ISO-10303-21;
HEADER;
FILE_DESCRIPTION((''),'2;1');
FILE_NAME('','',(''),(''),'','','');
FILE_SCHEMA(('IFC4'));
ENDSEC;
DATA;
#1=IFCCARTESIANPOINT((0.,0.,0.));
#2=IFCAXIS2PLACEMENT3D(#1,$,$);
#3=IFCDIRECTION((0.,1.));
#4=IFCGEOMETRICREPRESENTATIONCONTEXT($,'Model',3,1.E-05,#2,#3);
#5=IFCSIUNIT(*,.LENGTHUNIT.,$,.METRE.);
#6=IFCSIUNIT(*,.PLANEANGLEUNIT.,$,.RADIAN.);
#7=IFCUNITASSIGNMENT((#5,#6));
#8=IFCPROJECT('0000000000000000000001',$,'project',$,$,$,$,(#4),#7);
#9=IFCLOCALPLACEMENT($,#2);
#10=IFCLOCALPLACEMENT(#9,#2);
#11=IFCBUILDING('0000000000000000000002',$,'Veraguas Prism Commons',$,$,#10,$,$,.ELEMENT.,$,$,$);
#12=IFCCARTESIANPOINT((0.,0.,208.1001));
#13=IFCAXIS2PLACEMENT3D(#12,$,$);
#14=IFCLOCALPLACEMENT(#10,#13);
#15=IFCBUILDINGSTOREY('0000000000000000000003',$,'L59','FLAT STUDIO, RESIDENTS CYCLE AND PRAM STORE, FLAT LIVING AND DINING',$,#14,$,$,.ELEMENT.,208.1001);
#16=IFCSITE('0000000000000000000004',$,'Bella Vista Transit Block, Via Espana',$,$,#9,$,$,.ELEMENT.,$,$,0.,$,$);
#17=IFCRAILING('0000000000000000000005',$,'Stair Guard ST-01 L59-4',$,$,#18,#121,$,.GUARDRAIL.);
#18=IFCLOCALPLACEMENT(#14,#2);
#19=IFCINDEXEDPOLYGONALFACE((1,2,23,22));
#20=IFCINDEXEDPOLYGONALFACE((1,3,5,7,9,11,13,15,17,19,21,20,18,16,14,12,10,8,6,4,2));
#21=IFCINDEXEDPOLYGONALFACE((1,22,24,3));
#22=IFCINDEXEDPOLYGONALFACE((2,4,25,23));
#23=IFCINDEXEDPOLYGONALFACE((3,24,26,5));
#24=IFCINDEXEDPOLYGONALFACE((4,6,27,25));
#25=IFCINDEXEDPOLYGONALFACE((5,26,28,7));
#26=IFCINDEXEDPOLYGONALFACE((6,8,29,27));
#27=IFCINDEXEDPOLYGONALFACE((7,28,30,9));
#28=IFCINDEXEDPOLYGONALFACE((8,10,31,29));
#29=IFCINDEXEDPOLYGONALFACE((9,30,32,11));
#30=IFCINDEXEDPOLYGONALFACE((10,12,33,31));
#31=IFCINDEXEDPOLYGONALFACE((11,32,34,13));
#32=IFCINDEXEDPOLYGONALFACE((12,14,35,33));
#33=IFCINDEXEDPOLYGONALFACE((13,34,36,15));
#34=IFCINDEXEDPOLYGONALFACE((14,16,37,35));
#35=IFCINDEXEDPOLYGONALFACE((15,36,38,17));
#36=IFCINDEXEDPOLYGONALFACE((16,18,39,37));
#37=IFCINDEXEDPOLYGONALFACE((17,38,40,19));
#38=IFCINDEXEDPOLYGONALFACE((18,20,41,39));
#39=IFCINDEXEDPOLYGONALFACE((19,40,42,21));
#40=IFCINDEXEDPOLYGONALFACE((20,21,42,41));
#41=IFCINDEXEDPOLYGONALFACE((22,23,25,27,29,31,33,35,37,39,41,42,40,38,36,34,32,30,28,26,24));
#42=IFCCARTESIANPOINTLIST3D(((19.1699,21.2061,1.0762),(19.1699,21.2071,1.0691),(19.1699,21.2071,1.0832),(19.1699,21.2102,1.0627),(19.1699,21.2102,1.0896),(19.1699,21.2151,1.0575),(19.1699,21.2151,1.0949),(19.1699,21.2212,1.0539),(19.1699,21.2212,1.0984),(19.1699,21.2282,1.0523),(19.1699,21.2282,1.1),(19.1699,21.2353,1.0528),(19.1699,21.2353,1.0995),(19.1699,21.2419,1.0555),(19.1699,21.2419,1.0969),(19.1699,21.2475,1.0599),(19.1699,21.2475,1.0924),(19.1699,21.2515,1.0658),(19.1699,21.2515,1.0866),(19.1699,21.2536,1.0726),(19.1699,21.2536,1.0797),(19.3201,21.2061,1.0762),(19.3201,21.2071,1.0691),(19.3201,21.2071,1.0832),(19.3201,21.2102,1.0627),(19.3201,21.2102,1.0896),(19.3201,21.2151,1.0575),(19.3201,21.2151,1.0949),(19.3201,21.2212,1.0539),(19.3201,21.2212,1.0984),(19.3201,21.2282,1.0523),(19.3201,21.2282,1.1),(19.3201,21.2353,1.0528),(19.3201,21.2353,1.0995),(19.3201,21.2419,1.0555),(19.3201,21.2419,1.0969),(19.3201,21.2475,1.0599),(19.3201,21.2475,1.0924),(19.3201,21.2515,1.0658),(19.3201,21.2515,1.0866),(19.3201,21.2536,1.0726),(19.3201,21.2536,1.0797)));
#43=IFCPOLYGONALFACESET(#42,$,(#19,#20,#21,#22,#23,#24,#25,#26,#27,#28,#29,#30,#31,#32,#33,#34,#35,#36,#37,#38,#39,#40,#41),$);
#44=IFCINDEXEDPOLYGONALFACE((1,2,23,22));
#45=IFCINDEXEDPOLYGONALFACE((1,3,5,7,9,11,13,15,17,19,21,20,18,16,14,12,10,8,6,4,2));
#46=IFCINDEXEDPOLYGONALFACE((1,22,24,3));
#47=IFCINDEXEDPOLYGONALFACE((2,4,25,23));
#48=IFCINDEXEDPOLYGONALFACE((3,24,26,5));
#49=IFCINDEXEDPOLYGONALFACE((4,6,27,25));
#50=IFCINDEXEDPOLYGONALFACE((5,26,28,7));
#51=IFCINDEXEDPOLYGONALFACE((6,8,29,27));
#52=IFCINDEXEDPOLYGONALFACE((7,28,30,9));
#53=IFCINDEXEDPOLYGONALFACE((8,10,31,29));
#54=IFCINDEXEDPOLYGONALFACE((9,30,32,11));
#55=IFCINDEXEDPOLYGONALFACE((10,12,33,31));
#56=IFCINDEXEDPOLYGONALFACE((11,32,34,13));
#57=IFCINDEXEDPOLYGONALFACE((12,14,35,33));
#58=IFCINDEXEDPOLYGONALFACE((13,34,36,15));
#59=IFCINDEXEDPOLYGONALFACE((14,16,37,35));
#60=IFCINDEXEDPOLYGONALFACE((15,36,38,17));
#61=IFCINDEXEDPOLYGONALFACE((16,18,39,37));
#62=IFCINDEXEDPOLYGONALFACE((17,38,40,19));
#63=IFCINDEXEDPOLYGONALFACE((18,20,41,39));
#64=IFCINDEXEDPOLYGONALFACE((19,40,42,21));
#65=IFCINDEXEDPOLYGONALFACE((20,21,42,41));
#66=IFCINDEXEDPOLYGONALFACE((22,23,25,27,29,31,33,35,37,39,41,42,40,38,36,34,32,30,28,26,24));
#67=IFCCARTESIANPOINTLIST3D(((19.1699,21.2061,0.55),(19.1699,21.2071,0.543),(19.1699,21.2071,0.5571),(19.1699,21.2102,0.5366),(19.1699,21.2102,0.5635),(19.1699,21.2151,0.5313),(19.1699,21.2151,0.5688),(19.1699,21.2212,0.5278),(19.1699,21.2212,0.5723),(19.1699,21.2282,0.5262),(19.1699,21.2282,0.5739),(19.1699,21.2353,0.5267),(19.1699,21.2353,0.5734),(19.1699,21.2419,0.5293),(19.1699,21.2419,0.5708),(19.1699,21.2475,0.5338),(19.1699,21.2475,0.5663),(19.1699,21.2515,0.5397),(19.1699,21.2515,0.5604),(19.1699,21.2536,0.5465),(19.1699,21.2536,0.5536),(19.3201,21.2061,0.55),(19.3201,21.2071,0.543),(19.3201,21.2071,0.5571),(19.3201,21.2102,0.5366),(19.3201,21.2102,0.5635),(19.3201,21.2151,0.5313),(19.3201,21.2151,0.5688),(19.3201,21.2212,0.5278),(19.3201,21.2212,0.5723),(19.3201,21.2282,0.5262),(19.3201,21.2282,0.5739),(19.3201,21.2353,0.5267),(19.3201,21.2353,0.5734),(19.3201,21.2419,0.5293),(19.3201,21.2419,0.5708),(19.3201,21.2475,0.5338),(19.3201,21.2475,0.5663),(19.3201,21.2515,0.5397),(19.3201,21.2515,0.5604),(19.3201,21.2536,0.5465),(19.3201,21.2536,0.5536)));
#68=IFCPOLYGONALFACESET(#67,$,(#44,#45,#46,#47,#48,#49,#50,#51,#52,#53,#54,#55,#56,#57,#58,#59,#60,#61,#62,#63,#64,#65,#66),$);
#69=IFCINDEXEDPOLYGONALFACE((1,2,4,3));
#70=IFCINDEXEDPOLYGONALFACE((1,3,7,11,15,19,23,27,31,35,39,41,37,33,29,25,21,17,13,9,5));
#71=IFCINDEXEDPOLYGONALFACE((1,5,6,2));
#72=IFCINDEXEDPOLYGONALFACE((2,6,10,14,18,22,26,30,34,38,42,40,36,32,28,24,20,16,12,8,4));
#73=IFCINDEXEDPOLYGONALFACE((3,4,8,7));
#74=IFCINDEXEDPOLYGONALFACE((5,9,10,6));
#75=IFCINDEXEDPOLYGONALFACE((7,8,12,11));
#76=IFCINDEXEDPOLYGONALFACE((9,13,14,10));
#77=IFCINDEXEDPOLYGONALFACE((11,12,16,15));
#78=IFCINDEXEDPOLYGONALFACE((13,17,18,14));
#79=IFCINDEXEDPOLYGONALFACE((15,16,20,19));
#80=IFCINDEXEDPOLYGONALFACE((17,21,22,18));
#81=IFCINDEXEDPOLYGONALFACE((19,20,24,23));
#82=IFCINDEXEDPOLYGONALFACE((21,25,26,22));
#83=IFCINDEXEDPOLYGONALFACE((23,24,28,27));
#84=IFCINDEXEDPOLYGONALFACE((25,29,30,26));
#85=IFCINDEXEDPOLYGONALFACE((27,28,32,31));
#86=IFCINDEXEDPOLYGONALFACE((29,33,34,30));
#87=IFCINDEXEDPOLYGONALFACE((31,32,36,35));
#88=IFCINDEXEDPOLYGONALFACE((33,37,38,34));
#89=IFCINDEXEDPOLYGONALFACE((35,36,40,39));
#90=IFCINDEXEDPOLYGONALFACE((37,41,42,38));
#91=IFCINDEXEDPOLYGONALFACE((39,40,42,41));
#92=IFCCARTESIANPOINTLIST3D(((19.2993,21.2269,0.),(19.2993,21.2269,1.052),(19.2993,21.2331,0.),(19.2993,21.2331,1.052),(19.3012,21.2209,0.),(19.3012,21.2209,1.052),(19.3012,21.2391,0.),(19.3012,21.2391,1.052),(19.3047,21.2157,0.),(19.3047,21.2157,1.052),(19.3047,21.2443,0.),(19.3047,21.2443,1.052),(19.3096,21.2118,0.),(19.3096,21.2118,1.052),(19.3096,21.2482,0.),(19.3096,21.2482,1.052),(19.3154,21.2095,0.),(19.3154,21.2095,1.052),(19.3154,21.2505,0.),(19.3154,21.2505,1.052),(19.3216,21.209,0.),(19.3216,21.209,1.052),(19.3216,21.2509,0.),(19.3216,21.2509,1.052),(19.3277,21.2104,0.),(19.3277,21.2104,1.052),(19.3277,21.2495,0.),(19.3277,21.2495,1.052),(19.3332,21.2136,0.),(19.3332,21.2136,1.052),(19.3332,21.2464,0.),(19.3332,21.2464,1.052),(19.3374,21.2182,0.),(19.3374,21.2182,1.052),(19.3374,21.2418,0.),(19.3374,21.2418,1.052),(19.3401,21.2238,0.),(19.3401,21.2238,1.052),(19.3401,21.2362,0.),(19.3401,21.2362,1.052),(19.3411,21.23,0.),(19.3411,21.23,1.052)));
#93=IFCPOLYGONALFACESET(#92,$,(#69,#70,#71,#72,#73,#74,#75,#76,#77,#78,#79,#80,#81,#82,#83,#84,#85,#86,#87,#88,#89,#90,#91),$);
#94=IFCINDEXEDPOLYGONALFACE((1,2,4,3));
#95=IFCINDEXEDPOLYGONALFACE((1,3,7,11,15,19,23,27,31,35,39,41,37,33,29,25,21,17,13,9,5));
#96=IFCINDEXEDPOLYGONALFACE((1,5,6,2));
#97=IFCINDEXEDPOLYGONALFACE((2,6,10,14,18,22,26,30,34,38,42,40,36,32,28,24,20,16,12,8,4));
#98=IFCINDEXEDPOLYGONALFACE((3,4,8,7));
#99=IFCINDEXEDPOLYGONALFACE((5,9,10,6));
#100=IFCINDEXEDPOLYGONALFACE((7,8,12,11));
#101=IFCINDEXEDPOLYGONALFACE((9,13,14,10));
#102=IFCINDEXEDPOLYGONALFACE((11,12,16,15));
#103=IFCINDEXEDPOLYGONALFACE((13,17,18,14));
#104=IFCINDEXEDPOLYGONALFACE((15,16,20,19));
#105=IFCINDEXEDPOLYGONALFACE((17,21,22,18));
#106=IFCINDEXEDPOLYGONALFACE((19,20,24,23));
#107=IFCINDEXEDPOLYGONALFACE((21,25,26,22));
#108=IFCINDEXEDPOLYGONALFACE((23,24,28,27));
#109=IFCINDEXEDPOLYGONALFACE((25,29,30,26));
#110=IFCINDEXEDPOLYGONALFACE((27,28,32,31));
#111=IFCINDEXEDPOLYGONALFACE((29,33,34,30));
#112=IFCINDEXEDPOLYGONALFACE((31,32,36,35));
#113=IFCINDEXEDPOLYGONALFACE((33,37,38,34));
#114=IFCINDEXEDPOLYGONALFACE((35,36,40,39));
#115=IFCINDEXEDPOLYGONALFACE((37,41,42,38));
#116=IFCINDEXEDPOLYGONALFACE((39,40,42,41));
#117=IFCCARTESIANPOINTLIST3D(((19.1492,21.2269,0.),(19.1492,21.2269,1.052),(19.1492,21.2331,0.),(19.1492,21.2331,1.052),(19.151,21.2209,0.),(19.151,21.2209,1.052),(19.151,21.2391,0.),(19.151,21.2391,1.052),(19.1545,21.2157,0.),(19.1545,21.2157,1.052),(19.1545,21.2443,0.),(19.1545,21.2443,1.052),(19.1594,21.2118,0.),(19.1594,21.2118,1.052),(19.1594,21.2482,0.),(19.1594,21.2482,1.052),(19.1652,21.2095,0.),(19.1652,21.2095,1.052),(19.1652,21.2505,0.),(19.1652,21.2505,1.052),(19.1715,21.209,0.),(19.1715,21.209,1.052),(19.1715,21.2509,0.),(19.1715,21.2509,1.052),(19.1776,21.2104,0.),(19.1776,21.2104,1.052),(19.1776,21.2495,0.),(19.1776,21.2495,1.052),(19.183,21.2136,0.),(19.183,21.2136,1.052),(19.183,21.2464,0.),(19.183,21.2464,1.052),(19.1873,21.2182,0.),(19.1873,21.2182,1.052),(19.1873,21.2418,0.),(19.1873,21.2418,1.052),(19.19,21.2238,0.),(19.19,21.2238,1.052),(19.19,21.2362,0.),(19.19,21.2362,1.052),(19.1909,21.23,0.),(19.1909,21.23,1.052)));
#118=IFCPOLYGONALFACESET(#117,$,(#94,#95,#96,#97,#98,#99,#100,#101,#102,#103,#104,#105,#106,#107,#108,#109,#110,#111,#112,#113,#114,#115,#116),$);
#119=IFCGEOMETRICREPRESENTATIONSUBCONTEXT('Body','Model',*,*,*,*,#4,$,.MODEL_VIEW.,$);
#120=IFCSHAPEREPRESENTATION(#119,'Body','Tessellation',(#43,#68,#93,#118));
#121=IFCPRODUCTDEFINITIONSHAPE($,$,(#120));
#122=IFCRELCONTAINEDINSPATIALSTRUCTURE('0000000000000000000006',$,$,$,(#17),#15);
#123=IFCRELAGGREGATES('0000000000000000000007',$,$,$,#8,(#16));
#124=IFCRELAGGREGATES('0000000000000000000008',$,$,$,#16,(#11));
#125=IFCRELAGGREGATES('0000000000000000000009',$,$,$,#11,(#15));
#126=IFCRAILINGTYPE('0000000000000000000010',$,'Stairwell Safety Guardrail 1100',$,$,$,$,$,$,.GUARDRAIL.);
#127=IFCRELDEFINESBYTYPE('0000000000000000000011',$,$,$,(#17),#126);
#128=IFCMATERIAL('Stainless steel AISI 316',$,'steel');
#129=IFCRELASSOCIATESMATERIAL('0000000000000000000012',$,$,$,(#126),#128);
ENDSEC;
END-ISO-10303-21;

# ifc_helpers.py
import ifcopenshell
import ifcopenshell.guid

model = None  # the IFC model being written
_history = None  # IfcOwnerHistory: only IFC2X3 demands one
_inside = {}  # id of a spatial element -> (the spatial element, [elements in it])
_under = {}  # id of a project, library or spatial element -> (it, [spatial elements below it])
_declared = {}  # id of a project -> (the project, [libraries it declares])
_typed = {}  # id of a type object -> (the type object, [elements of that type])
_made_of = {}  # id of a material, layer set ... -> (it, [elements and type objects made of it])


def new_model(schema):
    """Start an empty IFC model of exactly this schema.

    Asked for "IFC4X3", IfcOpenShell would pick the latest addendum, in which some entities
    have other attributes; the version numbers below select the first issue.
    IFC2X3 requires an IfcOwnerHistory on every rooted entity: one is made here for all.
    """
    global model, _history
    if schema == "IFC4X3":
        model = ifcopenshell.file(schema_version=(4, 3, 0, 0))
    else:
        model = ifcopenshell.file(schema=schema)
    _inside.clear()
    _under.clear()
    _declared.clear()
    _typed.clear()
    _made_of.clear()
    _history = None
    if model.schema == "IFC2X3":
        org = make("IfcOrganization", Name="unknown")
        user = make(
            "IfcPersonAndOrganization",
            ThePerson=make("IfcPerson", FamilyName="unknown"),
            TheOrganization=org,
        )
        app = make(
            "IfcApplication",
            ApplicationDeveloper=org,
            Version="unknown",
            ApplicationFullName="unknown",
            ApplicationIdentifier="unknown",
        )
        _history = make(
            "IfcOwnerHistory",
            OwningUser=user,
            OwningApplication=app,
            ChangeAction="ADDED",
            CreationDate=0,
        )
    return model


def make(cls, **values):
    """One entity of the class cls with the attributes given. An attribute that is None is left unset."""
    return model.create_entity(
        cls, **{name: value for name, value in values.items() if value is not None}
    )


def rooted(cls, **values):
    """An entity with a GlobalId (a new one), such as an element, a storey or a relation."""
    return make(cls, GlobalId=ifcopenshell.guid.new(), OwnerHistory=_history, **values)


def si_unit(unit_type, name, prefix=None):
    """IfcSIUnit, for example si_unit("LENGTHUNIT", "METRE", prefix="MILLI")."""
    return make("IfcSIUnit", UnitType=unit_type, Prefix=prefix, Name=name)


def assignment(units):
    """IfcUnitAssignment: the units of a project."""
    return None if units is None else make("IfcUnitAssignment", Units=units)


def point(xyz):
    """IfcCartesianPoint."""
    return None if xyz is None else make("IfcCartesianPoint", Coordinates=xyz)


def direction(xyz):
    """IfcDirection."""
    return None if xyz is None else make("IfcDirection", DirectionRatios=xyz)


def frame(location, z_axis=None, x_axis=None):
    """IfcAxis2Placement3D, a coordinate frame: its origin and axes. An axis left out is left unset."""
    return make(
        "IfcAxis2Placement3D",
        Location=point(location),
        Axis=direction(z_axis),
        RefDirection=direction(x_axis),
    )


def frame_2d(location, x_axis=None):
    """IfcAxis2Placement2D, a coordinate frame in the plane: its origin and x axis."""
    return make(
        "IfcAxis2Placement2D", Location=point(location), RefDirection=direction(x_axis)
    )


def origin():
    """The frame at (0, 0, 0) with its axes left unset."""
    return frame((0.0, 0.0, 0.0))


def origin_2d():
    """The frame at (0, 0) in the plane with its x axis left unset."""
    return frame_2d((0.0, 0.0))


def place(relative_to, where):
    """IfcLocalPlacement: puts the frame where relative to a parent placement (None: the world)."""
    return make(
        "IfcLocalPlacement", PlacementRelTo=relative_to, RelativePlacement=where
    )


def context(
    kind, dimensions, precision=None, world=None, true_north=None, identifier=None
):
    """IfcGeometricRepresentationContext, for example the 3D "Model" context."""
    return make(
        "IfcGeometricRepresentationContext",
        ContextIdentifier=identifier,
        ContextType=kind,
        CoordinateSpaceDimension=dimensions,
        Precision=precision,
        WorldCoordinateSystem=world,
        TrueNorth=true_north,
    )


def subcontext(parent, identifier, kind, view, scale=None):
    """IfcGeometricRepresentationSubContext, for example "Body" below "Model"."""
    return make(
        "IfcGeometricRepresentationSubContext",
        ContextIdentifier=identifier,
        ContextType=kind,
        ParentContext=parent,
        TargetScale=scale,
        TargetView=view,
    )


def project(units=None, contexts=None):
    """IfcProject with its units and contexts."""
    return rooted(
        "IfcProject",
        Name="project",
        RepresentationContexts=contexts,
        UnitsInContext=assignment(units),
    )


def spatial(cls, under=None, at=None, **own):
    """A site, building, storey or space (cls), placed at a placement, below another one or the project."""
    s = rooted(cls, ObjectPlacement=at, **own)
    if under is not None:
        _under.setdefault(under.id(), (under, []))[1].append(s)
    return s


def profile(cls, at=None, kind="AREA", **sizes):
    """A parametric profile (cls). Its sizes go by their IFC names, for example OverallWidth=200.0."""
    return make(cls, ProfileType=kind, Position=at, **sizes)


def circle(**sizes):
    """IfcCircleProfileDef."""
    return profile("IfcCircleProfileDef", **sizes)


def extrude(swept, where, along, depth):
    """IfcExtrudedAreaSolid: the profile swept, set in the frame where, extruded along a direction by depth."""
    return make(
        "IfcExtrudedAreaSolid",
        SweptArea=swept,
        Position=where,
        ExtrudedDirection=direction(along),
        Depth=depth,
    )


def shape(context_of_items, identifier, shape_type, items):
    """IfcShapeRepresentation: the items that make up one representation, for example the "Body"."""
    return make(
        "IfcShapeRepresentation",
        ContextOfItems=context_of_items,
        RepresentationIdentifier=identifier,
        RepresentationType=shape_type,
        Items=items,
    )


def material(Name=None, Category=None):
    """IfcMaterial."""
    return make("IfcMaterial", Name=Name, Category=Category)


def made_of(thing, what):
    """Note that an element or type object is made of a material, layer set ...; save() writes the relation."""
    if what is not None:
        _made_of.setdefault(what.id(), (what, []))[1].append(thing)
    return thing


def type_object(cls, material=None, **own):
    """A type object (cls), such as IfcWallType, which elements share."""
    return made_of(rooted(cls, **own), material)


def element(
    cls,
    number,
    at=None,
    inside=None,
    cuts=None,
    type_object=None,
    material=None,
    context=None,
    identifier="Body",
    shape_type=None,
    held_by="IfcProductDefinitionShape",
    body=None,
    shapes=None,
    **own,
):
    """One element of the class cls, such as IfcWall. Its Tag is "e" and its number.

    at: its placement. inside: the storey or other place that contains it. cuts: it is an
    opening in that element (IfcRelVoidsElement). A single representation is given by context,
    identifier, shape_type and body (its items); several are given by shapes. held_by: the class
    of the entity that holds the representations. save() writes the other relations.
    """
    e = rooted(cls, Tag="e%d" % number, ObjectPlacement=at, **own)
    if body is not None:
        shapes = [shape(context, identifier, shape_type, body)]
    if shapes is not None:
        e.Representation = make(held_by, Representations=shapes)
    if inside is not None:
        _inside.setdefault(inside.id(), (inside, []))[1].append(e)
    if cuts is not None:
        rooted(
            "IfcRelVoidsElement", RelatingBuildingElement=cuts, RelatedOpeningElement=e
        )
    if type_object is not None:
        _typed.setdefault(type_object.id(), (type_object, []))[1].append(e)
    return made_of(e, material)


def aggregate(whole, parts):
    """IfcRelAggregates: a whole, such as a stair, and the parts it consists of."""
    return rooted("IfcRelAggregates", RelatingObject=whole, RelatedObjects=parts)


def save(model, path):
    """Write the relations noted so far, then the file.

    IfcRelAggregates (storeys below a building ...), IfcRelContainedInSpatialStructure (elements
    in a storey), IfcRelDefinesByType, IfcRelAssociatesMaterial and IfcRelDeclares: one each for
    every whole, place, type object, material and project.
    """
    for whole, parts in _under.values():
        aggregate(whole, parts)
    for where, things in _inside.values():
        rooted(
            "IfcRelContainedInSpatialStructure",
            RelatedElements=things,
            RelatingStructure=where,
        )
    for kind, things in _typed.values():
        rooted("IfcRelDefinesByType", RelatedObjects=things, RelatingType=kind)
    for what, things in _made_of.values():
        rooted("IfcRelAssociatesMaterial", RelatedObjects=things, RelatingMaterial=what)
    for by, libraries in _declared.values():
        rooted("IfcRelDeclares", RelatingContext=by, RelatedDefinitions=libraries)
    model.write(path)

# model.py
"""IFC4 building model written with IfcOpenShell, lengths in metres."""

from ifc_helpers import new_model, si_unit, direction, frame, origin, origin_2d, place, context, subcontext, project, spatial, circle, extrude, material, type_object, element, save


model = new_model("IFC4")

# Units and contexts
model_context = context("Model", 3, precision=1e-05, world=origin(), true_north=direction((0.0, 1.0)))
body_context = subcontext(model_context, "Body", "Model", "MODEL_VIEW")
ifc_project = project(units=[si_unit("LENGTHUNIT", "METRE"), si_unit("PLANEANGLEUNIT", "RADIAN")], contexts=[model_context])

# Site, building, storey
site_placement = place(None, origin())
site = spatial("IfcSite", under=ifc_project, at=site_placement, Name="Bella Vista Transit Block, Via Espana", CompositionType="ELEMENT", RefElevation=0.0)
building_placement = place(site_placement, origin())
building = spatial("IfcBuilding", under=site, at=building_placement, Name="Veraguas Prism Commons", CompositionType="ELEMENT")
storey_placement = place(building_placement, frame((0.0, 0.0, 208.1001)))
storey = spatial("IfcBuildingStorey", under=building, at=storey_placement, Name="L59", Description="FLAT STUDIO, RESIDENTS CYCLE AND PRAM STORE, FLAT LIVING AND DINING", CompositionType="ELEMENT", Elevation=208.1001)

# Railing
ifc_material_1 = material(Name="Stainless steel AISI 316", Category="steel")
railing_type_1 = type_object("IfcRailingType", Name="Stairwell Safety Guardrail 1100", PredefinedType="GUARDRAIL", material=ifc_material_1)
railing_1_placement = place(storey_placement, frame((19.3201, 21.23, 0.0)))
element("IfcRailing", 1, at=railing_1_placement, inside=storey, type_object=railing_type_1, Name="Stair Guard ST-01 L59-4", PredefinedType="GUARDRAIL", context=body_context, shape_type="SweptSolid", body=[
    extrude(circle(Radius=0.0239, at=origin_2d()), frame((0.0, 0.0, 1.0762), z_axis=(-1.0, 0.0, 0.0), x_axis=(0.0, -1.0, 0.0)), (0.0, 0.0, 1.0), 0.1501),
    extrude(circle(Radius=0.0239, at=origin_2d()), frame((0.0, 0.0, 0.55), z_axis=(-1.0, 0.0, 0.0), x_axis=(0.0, -1.0, 0.0)), (0.0, 0.0, 1.0), 0.1501),
    extrude(circle(Radius=0.021, at=origin_2d()), origin(), (0.0, 0.0, 1.0), 1.052),
    extrude(circle(Radius=0.021, at=origin_2d()), frame((-0.1501, 0.0, 0.0)), (0.0, 0.0, 1.0), 1.052),
])

save(model, "model.ifc")
